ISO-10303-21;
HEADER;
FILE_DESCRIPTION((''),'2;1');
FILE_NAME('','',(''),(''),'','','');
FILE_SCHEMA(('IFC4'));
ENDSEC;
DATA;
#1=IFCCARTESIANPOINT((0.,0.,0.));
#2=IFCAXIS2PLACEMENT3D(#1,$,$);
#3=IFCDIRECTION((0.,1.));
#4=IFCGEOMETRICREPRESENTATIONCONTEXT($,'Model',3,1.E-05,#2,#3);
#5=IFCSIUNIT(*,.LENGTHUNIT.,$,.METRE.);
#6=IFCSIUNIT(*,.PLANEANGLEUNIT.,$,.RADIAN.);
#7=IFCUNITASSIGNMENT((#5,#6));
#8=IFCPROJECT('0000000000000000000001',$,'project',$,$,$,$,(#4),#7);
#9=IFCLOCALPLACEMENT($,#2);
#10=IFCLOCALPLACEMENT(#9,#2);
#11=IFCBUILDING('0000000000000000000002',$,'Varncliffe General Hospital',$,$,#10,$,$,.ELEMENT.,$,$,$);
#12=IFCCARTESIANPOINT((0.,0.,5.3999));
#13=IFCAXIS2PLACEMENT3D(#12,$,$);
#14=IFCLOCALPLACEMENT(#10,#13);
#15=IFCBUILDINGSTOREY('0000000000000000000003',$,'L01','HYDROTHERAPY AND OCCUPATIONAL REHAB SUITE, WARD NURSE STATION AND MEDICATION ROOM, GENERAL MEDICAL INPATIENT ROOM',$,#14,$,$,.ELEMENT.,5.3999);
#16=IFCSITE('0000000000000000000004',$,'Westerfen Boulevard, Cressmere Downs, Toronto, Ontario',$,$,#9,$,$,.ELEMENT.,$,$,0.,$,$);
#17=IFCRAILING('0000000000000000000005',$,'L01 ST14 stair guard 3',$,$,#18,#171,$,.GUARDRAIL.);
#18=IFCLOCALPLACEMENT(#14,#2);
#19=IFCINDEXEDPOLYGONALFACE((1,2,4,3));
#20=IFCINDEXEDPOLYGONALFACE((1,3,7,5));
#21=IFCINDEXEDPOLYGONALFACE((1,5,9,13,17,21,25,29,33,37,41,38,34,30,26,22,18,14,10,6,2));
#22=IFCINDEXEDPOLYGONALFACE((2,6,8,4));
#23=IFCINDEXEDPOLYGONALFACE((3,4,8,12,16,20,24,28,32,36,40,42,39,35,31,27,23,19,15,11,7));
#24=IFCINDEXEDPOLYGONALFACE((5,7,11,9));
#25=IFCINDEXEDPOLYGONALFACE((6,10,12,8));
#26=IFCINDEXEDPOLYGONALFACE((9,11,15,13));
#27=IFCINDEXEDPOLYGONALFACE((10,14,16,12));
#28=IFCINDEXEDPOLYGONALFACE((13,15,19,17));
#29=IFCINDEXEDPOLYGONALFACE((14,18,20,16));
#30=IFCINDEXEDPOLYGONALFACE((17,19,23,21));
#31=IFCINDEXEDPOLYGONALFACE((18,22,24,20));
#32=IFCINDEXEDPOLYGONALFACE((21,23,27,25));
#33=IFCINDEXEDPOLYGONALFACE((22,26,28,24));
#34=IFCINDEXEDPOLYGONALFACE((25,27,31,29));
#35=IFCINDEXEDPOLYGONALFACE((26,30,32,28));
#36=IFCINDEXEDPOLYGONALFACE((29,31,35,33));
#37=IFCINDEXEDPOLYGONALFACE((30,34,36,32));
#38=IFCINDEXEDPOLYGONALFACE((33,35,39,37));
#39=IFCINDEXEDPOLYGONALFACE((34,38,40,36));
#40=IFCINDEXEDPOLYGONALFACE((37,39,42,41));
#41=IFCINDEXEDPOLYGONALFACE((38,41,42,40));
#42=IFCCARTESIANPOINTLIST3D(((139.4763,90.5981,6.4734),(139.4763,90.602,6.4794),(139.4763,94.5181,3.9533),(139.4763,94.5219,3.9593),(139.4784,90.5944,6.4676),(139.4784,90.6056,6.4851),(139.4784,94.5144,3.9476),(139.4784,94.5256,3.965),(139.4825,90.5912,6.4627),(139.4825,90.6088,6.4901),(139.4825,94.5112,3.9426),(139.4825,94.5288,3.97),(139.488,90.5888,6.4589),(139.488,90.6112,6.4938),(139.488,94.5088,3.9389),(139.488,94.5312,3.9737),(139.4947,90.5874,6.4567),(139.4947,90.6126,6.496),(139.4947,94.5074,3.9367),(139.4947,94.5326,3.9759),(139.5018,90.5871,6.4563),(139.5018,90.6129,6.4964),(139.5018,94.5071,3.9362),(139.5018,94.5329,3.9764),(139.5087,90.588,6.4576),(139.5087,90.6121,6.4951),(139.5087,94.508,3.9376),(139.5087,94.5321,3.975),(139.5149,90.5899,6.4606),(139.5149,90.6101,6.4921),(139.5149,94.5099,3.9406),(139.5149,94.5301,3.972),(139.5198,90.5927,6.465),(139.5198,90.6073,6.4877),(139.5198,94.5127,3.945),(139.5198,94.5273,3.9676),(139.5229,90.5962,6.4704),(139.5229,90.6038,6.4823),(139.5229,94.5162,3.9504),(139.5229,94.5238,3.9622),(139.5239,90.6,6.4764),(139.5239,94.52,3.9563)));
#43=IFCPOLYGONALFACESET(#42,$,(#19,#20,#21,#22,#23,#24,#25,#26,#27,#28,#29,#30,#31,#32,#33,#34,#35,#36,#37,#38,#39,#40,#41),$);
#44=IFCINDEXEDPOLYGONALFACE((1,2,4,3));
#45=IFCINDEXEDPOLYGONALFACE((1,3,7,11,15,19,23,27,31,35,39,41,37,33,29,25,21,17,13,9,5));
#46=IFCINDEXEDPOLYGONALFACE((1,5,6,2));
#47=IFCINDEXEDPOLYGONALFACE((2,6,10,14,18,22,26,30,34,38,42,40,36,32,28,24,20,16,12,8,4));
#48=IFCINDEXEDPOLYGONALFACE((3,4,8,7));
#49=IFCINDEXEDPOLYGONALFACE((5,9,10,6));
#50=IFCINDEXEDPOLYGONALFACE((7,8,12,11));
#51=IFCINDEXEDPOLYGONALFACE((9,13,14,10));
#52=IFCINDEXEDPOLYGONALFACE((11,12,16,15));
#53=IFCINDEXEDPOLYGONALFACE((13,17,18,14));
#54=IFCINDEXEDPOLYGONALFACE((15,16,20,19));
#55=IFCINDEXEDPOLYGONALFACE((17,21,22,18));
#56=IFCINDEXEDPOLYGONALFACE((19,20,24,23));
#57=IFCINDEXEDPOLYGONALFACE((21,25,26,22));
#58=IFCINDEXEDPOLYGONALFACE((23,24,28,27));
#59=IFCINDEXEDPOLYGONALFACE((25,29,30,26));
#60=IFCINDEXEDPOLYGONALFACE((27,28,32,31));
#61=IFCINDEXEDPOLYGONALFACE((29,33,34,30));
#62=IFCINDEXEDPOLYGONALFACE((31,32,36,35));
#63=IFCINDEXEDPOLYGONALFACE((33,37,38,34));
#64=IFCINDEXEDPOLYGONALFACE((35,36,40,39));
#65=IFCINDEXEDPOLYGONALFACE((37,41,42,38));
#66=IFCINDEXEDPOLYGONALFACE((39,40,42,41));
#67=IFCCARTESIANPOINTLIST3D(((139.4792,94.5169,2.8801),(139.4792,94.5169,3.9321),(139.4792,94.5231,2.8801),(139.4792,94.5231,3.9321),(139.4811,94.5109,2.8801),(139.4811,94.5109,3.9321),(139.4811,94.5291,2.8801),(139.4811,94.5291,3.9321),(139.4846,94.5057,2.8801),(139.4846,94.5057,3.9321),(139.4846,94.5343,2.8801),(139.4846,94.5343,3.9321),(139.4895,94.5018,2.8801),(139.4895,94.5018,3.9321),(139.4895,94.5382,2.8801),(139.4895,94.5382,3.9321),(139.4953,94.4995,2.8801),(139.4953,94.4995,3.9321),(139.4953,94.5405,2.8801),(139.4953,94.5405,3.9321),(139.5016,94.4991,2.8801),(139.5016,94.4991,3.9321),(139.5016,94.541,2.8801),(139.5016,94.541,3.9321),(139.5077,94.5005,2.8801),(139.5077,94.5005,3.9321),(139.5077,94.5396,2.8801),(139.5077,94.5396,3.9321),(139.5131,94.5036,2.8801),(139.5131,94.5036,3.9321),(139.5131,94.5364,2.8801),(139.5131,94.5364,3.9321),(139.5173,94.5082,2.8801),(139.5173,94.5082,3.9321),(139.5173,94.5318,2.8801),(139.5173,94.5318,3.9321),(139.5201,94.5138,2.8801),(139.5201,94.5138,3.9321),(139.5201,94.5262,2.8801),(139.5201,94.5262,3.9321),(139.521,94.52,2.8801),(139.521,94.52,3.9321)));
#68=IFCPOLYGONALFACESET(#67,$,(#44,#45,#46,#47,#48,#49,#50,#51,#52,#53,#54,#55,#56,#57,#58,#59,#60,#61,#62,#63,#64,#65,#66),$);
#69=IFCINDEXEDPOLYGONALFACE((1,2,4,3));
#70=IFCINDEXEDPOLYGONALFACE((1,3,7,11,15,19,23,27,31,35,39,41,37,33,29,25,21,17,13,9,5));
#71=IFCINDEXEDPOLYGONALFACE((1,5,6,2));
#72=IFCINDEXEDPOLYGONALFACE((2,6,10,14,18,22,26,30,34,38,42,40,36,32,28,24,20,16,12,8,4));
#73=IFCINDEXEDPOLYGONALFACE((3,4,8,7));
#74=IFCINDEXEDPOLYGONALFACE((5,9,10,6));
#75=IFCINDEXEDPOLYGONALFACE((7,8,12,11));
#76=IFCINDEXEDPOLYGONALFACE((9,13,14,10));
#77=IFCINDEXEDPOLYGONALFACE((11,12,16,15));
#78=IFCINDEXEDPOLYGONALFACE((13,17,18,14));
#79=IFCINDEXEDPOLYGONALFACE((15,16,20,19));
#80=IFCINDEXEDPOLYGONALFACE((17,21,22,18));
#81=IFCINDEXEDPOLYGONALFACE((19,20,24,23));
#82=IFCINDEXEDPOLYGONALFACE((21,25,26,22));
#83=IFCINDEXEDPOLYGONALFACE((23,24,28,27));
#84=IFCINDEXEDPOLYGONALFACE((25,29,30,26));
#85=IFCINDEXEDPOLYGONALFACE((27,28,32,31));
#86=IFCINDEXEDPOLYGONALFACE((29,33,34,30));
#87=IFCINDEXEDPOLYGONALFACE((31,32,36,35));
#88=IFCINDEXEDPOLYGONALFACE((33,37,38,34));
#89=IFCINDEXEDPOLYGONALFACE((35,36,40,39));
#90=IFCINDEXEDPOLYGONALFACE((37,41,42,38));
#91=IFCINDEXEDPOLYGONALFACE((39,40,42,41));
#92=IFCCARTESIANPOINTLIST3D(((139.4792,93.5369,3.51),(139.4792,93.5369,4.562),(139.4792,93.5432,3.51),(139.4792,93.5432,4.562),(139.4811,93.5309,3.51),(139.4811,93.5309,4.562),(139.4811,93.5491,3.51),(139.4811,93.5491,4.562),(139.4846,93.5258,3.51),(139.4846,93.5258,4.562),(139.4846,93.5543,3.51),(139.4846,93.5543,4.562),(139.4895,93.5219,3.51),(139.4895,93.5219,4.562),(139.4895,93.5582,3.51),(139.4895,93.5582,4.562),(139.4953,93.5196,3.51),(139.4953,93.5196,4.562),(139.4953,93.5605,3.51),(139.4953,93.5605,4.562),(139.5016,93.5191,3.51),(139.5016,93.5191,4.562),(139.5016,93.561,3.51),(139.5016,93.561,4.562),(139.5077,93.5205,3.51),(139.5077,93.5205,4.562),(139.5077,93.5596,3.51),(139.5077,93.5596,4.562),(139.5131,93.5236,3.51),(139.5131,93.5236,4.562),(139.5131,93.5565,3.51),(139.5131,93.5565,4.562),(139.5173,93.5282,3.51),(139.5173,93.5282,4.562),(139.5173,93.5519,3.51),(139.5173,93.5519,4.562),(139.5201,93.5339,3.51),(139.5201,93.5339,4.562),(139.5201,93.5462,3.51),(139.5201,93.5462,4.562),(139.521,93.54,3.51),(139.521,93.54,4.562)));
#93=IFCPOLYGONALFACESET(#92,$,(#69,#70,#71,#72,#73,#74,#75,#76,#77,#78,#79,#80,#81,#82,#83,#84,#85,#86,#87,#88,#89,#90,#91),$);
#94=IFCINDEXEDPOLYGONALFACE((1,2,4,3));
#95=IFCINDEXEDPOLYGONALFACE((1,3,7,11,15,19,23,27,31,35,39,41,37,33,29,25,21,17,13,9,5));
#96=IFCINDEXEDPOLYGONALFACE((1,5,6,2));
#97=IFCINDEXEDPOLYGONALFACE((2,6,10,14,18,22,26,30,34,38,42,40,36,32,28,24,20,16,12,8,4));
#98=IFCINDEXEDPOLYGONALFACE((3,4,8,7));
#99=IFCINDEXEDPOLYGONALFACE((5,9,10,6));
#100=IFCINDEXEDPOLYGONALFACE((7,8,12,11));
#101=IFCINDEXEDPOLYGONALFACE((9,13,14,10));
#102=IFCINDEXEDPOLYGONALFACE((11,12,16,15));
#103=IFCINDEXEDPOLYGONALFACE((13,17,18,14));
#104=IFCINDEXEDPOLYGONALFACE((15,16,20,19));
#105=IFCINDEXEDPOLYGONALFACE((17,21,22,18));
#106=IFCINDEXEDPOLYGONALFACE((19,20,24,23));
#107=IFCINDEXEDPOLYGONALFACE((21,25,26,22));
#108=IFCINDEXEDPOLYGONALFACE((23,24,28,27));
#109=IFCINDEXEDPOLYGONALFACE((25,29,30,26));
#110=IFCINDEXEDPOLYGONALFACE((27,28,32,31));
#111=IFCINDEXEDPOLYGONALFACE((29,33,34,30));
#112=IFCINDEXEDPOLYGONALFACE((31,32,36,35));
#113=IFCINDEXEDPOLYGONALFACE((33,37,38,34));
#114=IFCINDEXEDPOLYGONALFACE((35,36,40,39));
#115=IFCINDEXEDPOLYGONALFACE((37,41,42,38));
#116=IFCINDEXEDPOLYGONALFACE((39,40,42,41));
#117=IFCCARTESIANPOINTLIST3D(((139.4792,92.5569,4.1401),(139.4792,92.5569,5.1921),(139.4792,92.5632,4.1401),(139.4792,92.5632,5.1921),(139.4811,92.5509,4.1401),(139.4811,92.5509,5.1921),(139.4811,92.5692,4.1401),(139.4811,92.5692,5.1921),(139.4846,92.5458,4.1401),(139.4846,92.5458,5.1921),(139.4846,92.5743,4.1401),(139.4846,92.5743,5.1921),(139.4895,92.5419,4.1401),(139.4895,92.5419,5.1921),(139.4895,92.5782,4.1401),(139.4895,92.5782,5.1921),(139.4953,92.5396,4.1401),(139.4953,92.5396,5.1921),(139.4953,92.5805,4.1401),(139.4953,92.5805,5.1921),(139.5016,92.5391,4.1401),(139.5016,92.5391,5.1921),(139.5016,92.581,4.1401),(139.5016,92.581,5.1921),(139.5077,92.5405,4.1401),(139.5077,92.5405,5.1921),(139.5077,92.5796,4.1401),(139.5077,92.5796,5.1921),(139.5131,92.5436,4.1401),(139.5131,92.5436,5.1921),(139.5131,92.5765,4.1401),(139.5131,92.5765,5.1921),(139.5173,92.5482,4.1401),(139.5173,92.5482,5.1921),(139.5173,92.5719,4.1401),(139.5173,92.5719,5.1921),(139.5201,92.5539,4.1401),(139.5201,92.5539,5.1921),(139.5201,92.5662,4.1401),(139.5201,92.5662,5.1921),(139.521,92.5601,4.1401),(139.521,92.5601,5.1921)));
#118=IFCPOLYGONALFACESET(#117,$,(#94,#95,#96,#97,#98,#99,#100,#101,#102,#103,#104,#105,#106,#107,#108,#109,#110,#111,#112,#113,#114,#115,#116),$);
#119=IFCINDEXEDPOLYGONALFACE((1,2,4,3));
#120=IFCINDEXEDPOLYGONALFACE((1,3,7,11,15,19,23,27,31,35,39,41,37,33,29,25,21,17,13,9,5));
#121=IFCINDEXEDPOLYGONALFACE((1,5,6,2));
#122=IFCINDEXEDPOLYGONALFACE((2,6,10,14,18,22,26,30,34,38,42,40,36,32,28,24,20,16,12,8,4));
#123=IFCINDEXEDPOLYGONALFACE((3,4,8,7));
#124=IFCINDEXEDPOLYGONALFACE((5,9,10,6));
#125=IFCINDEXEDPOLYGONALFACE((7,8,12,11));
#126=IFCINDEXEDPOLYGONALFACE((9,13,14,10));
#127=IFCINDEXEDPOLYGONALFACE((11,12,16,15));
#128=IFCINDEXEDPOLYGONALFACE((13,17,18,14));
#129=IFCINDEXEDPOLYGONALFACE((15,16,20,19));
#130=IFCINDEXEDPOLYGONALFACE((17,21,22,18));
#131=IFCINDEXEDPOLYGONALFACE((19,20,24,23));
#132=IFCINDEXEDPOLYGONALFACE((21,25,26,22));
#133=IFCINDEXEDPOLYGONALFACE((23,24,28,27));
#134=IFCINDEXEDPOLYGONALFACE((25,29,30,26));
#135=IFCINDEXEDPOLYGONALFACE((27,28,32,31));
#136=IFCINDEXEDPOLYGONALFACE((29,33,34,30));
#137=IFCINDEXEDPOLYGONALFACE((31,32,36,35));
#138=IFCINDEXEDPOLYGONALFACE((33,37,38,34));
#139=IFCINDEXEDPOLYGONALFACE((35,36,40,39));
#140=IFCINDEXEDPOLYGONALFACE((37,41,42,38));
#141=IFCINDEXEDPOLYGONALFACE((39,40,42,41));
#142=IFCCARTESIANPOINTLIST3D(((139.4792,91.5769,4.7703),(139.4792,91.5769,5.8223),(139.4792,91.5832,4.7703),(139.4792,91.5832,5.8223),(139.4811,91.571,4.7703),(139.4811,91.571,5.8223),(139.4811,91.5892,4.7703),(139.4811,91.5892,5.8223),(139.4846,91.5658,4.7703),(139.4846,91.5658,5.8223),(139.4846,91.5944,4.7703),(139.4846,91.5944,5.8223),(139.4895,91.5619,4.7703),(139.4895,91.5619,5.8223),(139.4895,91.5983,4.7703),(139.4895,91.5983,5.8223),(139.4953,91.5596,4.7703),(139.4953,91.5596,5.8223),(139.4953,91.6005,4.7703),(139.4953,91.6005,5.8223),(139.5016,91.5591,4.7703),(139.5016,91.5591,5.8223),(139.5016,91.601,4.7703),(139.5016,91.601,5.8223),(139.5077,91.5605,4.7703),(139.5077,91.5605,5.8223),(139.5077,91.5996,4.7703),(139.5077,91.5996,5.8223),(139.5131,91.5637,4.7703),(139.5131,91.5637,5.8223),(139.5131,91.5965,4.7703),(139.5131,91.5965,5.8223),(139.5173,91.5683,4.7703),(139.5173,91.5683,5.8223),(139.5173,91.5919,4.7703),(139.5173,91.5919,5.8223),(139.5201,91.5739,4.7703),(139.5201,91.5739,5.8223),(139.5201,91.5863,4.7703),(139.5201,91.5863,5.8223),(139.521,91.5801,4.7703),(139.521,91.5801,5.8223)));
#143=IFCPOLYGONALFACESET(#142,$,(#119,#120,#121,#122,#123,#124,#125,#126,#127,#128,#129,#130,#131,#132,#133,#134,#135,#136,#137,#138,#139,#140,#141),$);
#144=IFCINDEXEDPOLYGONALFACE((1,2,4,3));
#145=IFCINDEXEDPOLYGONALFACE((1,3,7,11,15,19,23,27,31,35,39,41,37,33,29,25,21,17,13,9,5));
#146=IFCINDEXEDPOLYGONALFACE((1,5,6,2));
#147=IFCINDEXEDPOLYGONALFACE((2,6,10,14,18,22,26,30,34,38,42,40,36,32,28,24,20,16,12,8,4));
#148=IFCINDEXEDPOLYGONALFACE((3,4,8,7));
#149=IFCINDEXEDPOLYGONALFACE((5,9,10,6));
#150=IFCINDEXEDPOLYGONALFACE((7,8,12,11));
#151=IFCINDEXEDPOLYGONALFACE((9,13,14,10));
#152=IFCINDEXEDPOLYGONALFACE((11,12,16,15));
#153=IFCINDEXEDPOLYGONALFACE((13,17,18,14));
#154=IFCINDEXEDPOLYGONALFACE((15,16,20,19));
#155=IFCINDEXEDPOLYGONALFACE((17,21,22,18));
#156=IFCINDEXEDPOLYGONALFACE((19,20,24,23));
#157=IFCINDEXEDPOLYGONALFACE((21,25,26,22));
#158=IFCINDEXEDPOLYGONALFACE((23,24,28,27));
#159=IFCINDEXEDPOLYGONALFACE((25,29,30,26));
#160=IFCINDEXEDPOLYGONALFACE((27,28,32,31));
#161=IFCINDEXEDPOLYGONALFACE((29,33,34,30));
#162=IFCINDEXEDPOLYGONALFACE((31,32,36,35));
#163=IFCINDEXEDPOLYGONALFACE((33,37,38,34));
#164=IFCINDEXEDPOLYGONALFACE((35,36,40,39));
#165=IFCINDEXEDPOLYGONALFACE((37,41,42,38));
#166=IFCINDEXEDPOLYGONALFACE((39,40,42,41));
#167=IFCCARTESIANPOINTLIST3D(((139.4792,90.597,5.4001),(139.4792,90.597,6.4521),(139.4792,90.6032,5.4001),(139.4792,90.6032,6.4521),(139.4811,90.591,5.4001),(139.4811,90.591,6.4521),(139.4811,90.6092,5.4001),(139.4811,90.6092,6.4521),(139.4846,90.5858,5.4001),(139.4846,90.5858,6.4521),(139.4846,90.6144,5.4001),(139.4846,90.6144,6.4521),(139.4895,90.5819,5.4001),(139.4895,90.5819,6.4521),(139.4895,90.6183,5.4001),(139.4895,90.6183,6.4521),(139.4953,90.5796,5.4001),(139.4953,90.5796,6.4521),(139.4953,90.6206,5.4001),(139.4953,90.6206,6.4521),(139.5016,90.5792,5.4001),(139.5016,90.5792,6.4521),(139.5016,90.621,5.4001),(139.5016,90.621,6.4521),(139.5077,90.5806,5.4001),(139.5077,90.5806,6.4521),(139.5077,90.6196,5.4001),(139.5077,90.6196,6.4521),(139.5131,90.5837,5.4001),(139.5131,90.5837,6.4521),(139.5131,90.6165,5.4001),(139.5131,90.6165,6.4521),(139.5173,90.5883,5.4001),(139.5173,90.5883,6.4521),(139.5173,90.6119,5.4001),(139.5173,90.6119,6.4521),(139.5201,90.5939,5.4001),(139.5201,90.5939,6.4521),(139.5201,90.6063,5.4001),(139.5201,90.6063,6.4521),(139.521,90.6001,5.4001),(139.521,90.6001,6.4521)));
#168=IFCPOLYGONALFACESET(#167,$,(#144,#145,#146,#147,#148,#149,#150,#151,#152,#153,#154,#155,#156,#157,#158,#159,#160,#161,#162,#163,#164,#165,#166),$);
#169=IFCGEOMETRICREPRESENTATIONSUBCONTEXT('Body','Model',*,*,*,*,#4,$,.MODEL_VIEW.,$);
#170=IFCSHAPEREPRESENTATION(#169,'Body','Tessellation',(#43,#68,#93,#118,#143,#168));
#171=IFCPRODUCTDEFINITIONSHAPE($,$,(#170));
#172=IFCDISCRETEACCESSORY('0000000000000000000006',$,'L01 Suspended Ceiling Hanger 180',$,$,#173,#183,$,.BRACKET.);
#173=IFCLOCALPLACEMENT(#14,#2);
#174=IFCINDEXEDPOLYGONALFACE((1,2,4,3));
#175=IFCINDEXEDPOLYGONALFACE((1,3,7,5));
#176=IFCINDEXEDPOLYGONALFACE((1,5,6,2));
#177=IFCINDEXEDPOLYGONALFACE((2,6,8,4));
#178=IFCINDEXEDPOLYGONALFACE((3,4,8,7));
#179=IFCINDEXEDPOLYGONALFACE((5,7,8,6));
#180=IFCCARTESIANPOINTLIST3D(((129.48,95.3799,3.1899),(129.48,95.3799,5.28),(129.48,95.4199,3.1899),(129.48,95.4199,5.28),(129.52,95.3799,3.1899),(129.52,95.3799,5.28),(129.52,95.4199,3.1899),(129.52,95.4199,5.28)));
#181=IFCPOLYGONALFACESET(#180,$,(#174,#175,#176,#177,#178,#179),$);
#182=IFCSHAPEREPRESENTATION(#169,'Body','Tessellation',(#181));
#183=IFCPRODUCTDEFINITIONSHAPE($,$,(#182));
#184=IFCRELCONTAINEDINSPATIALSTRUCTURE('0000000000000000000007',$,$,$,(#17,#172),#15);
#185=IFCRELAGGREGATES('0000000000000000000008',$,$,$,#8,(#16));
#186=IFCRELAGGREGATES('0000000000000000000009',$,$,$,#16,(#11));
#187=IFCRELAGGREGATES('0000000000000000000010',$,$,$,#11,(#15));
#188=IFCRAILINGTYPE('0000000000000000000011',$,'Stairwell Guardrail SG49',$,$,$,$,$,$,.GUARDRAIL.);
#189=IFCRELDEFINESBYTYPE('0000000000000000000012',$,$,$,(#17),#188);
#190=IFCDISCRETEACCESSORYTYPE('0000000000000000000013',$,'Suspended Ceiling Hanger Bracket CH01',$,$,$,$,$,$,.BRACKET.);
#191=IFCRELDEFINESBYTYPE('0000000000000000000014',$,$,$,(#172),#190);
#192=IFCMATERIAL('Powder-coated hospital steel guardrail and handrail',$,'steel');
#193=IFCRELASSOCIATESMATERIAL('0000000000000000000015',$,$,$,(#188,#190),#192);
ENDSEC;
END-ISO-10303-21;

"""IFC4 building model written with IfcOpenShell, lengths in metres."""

from ifc_helpers import new_model, si_unit, direction, frame, origin, origin_2d, place, context, subcontext, project, spatial, rectangle, circle, extrude, material, type_object, element, save


model = new_model("IFC4")

# Units and contexts
model_context = context("Model", 3, precision=1e-05, world=origin(), true_north=direction((0.0, 1.0)))
body_context = subcontext(model_context, "Body", "Model", "MODEL_VIEW")
ifc_project = project(units=[si_unit("LENGTHUNIT", "METRE"), si_unit("PLANEANGLEUNIT", "RADIAN")], contexts=[model_context])

# Site, building, storey
site_placement = place(None, origin())
site = spatial("IfcSite", under=ifc_project, at=site_placement, Name="Westerfen Boulevard, Cressmere Downs, Toronto, Ontario", CompositionType="ELEMENT", RefElevation=0.0)
building_placement = place(site_placement, origin())
building = spatial("IfcBuilding", under=site, at=building_placement, Name="Varncliffe General Hospital", CompositionType="ELEMENT")
storey_placement = place(building_placement, frame((0.0, 0.0, 5.3999)))
storey = spatial("IfcBuildingStorey", under=building, at=storey_placement, Name="L01", Description="HYDROTHERAPY AND OCCUPATIONAL REHAB SUITE, WARD NURSE STATION AND MEDICATION ROOM, GENERAL MEDICAL INPATIENT ROOM", CompositionType="ELEMENT", Elevation=5.3999)

# Railing
ifc_material_1 = material(Name="Powder-coated hospital steel guardrail and handrail", Category="steel")
railing_type_1 = type_object("IfcRailingType", Name="Stairwell Guardrail SG49", PredefinedType="GUARDRAIL", material=ifc_material_1)
railing_1_placement = place(storey_placement, frame((139.5, 94.52, 2.8801)))
element("IfcRailing", 1, at=railing_1_placement, inside=storey, type_object=railing_type_1, Name="L01 ST14 stair guard 3", PredefinedType="GUARDRAIL", context=body_context, shape_type="SweptSolid", body=[
    extrude(circle(Radius=0.0239, at=origin_2d()), frame((0.0, 0.0, 1.0762), z_axis=(0.0, -0.841172, 0.540768), x_axis=(1.0, 0.0, 0.0)), (0.0, 0.0, 1.0), 4.6602),
    extrude(circle(Radius=0.021, at=origin_2d()), origin(), (0.0, 0.0, 1.0), 1.052),
    extrude(circle(Radius=0.021, at=origin_2d()), frame((0.0, -0.98, 0.6299)), (0.0, 0.0, 1.0), 1.052),
    extrude(circle(Radius=0.021, at=origin_2d()), frame((0.0, -1.96, 1.26)), (0.0, 0.0, 1.0), 1.052),
    extrude(circle(Radius=0.021, at=origin_2d()), frame((0.0, -2.9399, 1.8901)), (0.0, 0.0, 1.0), 1.052),
    extrude(circle(Radius=0.021, at=origin_2d()), frame((0.0, -3.9199, 2.52)), (0.0, 0.0, 1.0), 1.052),
])

# Discrete accessory
discrete_accessory_type = type_object("IfcDiscreteAccessoryType", Name="Suspended Ceiling Hanger Bracket CH01", PredefinedType="BRACKET", material=ifc_material_1)
discrete_accessory_placement = place(storey_placement, frame((129.5, 95.3999, 3.1899), z_axis=(0.0, 0.0, 1.0), x_axis=(1.0, 0.0, 0.0)))
element("IfcDiscreteAccessory", 2, at=discrete_accessory_placement, inside=storey, type_object=discrete_accessory_type, Name="L01 Suspended Ceiling Hanger 180", PredefinedType="BRACKET", context=body_context, shape_type="SweptSolid", body=[
    extrude(rectangle(XDim=0.04, YDim=0.04, at=origin_2d()), origin(), (0.0, 0.0, 1.0), 2.0901),
])

save(model, "model.ifc")
